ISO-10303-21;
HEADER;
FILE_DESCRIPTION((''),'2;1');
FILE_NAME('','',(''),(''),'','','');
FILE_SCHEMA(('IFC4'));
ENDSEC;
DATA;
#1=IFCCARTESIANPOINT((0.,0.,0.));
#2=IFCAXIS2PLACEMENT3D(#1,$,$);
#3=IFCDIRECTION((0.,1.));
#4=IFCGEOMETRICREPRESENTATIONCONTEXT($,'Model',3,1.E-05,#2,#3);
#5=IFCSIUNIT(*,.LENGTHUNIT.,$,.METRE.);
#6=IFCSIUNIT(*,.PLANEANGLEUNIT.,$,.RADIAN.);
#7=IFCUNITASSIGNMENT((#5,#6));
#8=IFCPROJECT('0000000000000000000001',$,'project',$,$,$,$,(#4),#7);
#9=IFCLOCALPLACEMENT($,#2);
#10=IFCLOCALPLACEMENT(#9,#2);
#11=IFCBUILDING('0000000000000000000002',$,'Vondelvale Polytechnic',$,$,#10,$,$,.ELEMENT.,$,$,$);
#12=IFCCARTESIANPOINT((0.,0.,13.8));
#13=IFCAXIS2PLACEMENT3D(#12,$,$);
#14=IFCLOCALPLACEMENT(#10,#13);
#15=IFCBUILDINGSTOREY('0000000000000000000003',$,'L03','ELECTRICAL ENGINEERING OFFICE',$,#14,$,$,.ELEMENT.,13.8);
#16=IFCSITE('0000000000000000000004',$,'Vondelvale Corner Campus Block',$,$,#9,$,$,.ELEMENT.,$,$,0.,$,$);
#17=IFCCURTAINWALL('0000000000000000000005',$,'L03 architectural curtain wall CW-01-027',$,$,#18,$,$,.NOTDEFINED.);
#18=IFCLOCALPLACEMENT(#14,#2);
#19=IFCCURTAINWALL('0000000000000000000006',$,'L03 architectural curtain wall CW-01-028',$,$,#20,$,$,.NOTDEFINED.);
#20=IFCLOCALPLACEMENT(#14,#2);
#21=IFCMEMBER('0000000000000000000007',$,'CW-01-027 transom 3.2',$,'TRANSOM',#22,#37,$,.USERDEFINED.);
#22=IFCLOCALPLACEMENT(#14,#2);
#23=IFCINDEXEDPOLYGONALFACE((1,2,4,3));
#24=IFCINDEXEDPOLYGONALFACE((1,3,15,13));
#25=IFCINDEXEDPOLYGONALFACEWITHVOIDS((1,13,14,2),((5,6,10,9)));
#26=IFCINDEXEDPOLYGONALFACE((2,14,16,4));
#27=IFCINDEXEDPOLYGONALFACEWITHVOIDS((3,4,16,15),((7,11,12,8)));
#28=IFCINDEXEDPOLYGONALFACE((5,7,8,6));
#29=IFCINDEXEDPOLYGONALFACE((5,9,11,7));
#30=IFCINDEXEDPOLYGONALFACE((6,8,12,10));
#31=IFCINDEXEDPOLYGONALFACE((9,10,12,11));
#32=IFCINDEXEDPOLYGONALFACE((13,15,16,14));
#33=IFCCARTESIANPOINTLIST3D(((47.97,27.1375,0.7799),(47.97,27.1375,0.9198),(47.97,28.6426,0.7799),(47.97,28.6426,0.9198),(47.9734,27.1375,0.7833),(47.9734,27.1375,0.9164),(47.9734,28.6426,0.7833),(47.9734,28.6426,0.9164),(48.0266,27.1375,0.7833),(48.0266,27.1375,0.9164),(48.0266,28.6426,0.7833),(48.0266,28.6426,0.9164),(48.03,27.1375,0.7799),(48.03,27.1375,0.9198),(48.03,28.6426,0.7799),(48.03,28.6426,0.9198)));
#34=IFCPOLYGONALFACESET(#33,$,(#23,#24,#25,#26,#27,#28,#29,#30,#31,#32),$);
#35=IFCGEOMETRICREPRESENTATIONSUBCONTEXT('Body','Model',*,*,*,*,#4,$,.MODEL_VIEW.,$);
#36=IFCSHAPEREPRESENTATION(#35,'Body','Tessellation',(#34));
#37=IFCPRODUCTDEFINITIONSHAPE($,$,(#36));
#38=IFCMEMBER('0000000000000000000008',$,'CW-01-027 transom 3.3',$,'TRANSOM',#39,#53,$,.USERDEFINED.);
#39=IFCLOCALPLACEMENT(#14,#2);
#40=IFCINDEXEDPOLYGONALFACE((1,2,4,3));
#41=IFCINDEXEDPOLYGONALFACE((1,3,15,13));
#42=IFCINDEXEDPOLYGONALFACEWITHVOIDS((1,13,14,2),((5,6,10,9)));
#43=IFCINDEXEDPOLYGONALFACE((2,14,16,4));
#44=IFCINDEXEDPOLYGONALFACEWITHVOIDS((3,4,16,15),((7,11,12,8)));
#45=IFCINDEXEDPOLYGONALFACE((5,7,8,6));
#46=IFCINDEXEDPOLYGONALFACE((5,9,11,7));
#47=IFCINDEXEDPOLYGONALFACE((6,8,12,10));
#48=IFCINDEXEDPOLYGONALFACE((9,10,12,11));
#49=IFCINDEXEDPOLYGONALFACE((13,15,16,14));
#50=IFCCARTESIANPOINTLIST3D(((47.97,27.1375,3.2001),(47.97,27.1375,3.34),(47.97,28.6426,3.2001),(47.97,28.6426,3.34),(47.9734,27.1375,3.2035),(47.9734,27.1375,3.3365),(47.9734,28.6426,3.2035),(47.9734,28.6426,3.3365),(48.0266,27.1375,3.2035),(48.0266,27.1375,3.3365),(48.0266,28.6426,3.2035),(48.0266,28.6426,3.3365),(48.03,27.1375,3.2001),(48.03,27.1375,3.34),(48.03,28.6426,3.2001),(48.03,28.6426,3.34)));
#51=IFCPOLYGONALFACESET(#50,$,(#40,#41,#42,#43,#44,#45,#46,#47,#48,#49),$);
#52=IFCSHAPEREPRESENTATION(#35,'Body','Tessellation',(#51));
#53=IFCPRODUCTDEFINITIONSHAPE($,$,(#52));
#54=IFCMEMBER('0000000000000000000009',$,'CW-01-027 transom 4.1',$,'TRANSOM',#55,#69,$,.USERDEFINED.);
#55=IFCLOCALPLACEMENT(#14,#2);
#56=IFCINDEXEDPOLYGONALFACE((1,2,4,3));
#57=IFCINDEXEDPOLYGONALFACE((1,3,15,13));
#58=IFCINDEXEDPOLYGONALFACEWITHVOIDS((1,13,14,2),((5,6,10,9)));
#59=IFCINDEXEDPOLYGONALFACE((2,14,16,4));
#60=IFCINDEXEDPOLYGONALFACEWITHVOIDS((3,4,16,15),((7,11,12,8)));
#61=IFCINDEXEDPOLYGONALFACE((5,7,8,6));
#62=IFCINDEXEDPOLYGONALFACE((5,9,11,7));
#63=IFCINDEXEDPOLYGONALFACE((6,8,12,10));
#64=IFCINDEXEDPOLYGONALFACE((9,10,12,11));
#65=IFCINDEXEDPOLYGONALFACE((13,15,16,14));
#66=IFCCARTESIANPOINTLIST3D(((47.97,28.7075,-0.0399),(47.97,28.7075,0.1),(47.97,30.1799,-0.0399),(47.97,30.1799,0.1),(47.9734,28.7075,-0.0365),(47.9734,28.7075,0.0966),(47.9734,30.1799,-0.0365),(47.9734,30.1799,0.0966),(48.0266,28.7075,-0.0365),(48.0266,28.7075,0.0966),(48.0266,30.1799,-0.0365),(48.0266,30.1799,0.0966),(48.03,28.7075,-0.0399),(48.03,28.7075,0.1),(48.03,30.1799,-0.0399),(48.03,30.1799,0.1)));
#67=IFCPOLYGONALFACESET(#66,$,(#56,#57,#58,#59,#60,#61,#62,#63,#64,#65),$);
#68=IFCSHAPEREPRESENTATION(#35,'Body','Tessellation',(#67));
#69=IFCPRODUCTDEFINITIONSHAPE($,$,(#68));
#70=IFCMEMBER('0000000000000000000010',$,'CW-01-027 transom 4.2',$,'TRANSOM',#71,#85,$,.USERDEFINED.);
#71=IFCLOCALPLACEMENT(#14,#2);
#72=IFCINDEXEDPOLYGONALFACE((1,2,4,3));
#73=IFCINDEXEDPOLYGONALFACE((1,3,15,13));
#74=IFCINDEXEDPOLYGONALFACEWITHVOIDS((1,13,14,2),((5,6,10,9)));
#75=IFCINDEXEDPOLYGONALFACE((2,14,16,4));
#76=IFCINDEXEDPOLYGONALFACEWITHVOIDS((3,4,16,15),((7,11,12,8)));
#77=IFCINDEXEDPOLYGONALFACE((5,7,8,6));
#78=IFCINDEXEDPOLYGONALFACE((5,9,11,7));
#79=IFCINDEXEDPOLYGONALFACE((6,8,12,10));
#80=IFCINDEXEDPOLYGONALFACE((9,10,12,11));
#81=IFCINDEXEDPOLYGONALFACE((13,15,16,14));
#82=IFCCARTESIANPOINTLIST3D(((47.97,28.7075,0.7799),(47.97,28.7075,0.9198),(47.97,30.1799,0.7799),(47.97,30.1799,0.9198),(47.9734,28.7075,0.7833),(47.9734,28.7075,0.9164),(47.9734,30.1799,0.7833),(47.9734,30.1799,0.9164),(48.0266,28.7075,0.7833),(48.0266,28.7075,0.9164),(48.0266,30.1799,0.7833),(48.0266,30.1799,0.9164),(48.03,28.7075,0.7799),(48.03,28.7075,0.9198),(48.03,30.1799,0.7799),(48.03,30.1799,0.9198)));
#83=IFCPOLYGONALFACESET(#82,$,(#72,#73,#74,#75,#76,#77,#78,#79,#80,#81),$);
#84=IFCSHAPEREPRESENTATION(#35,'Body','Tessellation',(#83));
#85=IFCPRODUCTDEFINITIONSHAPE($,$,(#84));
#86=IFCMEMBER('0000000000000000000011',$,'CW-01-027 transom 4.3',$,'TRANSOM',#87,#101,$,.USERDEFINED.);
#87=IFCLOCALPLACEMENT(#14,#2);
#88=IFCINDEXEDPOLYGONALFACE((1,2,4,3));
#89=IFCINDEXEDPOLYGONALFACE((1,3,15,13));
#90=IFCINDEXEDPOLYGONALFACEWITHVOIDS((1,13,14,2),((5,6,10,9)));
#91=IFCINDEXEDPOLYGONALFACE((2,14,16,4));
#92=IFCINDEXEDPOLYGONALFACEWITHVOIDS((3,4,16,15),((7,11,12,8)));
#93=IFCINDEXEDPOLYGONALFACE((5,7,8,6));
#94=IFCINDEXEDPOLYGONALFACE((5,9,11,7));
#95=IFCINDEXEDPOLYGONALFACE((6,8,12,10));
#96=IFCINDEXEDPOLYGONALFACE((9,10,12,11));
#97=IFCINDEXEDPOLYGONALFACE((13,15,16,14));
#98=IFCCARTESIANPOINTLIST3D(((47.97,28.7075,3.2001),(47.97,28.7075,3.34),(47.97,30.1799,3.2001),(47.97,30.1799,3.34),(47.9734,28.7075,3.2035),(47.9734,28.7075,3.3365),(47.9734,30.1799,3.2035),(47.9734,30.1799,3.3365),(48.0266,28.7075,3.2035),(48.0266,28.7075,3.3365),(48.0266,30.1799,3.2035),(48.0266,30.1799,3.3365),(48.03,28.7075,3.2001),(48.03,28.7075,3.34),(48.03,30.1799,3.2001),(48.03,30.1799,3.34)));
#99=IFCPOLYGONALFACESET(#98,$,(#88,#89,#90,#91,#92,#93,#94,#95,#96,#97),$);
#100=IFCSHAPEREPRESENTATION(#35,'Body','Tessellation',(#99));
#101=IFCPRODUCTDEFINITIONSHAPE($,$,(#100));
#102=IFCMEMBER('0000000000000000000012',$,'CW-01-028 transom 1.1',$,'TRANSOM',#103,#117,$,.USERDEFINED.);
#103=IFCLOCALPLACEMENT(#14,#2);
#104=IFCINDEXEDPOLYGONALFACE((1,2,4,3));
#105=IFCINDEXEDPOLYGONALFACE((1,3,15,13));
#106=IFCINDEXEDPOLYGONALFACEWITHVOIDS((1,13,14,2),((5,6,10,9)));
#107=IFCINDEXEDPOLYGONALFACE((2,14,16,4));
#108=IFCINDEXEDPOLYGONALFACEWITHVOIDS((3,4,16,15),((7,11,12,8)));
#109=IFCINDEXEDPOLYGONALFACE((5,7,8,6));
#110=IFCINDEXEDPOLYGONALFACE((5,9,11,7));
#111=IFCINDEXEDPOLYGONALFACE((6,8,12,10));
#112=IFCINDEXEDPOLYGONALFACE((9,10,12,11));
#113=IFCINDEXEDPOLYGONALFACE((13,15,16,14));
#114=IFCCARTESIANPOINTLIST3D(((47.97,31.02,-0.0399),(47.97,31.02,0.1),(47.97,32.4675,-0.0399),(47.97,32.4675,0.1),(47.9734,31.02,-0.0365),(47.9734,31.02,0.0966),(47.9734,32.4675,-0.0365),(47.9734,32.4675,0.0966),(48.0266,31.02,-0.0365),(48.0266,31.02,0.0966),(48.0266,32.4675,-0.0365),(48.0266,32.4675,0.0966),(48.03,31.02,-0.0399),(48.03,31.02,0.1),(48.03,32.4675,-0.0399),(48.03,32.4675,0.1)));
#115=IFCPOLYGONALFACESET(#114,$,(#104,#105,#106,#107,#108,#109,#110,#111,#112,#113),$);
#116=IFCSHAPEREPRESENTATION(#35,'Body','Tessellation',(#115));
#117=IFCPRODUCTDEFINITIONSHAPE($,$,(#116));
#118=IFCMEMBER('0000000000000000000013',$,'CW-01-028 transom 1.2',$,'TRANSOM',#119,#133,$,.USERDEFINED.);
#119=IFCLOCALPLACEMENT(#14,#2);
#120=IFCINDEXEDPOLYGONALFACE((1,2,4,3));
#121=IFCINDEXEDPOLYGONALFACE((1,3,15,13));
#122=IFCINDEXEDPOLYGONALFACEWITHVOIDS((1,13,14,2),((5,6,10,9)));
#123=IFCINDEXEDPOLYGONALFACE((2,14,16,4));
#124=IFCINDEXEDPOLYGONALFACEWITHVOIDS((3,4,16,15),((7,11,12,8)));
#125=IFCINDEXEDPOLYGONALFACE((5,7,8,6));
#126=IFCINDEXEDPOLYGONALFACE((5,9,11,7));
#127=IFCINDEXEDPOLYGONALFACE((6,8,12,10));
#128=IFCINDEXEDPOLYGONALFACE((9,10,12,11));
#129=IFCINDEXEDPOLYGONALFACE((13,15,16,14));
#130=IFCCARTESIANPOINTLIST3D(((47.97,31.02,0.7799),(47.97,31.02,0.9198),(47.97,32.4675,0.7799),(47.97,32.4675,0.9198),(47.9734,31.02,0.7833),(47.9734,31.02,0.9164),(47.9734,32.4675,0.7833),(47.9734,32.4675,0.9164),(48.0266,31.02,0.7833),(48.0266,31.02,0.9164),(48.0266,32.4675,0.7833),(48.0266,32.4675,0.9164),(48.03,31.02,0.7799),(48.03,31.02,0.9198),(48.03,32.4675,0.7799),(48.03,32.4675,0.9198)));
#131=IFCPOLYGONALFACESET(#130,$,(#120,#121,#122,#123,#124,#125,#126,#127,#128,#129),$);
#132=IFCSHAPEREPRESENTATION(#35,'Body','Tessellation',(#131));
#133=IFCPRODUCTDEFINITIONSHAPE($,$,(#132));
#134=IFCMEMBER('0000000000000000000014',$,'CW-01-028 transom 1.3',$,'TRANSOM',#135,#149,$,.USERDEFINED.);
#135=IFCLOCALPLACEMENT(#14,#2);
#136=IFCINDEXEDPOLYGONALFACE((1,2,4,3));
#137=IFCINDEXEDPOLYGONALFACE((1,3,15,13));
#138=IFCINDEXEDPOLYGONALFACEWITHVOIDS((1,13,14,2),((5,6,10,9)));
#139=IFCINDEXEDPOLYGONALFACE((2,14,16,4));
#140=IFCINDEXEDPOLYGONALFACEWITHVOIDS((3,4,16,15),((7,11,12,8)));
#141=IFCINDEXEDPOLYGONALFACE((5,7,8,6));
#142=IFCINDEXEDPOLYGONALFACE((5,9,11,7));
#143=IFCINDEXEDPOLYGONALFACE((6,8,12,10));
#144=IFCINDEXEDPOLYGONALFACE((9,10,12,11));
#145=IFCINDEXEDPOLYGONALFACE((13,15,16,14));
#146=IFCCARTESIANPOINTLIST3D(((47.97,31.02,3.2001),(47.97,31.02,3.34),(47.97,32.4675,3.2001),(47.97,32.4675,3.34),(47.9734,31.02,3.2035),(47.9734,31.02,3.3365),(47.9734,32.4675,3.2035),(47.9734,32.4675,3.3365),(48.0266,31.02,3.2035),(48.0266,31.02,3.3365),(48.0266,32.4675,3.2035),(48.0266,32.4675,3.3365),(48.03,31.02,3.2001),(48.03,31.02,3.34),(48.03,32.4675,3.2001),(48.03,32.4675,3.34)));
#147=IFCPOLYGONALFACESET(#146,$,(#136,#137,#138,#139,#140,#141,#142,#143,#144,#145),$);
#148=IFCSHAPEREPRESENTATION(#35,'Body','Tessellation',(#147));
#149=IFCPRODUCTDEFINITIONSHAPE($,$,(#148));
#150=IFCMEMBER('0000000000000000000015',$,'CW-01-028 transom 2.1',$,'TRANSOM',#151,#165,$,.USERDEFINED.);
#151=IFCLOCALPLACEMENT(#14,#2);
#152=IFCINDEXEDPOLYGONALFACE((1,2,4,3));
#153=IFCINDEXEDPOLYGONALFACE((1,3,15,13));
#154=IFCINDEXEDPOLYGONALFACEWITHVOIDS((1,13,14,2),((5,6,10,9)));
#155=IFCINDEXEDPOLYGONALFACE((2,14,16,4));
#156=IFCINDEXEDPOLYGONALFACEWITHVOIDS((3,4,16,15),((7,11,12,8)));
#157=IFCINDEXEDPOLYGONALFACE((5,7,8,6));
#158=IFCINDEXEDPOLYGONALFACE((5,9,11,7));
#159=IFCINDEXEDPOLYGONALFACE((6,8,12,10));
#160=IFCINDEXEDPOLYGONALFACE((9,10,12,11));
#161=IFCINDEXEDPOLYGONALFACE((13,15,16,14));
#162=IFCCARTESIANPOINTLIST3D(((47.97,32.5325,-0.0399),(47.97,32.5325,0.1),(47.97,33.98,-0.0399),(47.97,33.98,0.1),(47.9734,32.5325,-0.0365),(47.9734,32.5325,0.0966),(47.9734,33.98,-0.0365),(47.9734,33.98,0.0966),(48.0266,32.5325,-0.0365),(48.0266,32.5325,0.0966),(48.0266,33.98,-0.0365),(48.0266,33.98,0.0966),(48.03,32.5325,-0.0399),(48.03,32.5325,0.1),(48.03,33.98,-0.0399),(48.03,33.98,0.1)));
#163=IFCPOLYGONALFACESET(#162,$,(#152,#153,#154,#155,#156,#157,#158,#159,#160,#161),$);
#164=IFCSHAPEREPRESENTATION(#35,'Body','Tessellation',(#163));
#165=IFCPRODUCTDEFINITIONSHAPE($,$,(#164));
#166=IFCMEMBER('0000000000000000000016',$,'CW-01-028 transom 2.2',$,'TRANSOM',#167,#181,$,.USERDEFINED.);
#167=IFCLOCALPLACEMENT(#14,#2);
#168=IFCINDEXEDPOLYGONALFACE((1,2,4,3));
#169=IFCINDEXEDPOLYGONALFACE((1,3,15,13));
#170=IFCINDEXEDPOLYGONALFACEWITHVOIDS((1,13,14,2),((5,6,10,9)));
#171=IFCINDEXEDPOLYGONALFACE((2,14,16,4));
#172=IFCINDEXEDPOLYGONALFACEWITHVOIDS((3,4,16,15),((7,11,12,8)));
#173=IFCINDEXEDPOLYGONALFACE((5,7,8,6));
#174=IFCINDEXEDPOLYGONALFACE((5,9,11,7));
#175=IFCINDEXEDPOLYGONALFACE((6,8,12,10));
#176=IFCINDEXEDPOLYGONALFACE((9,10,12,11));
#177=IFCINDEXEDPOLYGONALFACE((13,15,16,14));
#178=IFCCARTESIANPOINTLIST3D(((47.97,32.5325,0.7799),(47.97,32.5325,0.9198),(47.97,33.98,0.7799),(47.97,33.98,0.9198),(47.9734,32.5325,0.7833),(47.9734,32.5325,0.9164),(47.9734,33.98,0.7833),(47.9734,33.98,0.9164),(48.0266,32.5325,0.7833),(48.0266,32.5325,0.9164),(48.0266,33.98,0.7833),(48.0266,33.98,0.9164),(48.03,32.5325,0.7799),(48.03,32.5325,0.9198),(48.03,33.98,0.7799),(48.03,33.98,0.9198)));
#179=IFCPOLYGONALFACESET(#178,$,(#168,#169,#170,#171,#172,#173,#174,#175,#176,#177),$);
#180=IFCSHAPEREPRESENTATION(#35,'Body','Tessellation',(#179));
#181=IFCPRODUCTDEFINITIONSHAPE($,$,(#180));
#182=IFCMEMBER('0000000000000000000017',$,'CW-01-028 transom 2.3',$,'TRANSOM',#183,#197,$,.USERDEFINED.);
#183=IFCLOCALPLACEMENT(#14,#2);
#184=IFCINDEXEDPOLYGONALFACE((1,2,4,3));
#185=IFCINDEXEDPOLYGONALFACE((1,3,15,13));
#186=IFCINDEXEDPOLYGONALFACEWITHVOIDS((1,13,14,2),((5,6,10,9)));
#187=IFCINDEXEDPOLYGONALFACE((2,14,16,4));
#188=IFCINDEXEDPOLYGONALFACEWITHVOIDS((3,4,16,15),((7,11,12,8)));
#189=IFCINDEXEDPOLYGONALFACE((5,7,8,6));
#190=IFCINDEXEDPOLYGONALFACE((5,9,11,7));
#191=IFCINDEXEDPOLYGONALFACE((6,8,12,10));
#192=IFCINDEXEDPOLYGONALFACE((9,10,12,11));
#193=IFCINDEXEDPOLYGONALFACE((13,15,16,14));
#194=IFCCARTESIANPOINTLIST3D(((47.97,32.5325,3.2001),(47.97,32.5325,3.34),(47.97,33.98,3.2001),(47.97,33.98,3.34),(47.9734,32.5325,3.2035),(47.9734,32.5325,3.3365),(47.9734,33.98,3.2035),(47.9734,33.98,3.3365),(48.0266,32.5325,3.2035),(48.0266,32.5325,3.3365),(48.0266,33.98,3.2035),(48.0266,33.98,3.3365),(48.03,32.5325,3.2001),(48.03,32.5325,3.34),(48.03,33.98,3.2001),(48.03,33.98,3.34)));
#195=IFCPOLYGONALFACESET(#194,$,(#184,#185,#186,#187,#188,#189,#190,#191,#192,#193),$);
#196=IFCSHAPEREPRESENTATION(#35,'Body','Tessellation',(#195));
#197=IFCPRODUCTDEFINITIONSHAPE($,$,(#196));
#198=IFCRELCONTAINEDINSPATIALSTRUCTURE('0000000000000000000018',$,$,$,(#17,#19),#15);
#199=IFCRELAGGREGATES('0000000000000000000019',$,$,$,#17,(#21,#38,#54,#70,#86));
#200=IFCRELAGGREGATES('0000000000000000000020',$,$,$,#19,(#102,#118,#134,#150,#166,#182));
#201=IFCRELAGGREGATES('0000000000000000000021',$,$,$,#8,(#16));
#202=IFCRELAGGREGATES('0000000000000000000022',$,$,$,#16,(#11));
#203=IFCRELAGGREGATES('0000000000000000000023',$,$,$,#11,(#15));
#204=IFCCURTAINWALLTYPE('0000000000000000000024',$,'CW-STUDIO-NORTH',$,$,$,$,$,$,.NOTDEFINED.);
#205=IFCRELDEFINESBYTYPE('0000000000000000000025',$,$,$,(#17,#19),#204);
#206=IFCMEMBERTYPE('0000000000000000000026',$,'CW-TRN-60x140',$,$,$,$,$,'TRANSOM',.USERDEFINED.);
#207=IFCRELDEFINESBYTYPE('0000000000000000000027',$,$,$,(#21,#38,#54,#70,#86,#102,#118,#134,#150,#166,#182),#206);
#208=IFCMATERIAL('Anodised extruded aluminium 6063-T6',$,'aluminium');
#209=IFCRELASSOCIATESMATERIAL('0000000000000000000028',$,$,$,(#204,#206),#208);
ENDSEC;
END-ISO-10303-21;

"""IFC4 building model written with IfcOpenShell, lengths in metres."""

from ifc_helpers import new_model, si_unit, direction, frame, origin, origin_2d, place, context, subcontext, project, spatial, hollow_rectangle, extrude, material, material_profile, profile_set, type_object, element, aggregate, save


model = new_model("IFC4")

# Units and contexts
model_context = context("Model", 3, precision=1e-05, world=origin(), true_north=direction((0.0, 1.0)))
body_context = subcontext(model_context, "Body", "Model", "MODEL_VIEW")
ifc_project = project(units=[si_unit("LENGTHUNIT", "METRE"), si_unit("PLANEANGLEUNIT", "RADIAN")], contexts=[model_context])

# Site, building, storey
site_placement = place(None, origin())
site = spatial("IfcSite", under=ifc_project, at=site_placement, Name="Vondelvale Corner Campus Block", CompositionType="ELEMENT", RefElevation=0.0)
building_placement = place(site_placement, origin())
building = spatial("IfcBuilding", under=site, at=building_placement, Name="Vondelvale Polytechnic", CompositionType="ELEMENT")
storey_placement = place(building_placement, frame((0.0, 0.0, 13.8)))
storey = spatial("IfcBuildingStorey", under=building, at=storey_placement, Name="L03", Description="ELECTRICAL ENGINEERING OFFICE", CompositionType="ELEMENT", Elevation=13.8)

# Curtain walls
ifc_material_1 = material(Name="Anodised extruded aluminium 6063-T6", Category="aluminium")
curtain_wall_type = type_object("IfcCurtainWallType", Name="CW-STUDIO-NORTH", PredefinedType="NOTDEFINED", material=ifc_material_1)
curtain_wall_1_placement = place(storey_placement, origin())
curtain_wall_1 = element("IfcCurtainWall", 1, at=curtain_wall_1_placement, inside=storey, type_object=curtain_wall_type, Name="L03 architectural curtain wall CW-01-027", PredefinedType="NOTDEFINED")
curtain_wall_2_placement = place(storey_placement, origin())
curtain_wall_2 = element("IfcCurtainWall", 2, at=curtain_wall_2_placement, inside=storey, type_object=curtain_wall_type, Name="L03 architectural curtain wall CW-01-028", PredefinedType="NOTDEFINED")

# Members
ifc_material_profile_1 = material_profile(ifc_material_1, hollow_rectangle(XDim=0.0601, YDim=0.1399, WallThickness=0.0034, at=origin_2d()), Name="CW-TRN-140x60")
ifc_profile_set_1 = profile_set([ifc_material_profile_1], Name="Anodised extruded aluminium 6063-T6")
member_type_1 = type_object("IfcMemberType", Name="CW-TRN-60x140", ElementType="TRANSOM", PredefinedType="USERDEFINED", material=ifc_profile_set_1)
member_1_placement = place(storey_placement, frame((48.0, 27.1375, 0.8499), z_axis=(0.0, 1.0, 0.0), x_axis=(-1.0, 0.0, 0.0)))
member_1 = element("IfcMember", 3, at=member_1_placement, type_object=member_type_1, Name="CW-01-027 transom 3.2", ObjectType="TRANSOM", PredefinedType="USERDEFINED", context=body_context, shape_type="SweptSolid", body=[
    extrude(hollow_rectangle(XDim=0.0601, YDim=0.1399, WallThickness=0.0034, at=origin_2d()), origin(), (0.0, 0.0, 1.0), 1.5051),
])
member_2_placement = place(storey_placement, frame((48.0, 27.1375, 3.27), z_axis=(0.0, 1.0, 0.0), x_axis=(-1.0, 0.0, 0.0)))
member_2 = element("IfcMember", 4, at=member_2_placement, type_object=member_type_1, Name="CW-01-027 transom 3.3", ObjectType="TRANSOM", PredefinedType="USERDEFINED", context=body_context, shape_type="SweptSolid", body=[
    extrude(hollow_rectangle(XDim=0.0601, YDim=0.1399, WallThickness=0.0034, at=origin_2d()), origin(), (0.0, 0.0, 1.0), 1.5051),
])
member_3_placement = place(storey_placement, frame((48.0, 28.7075, 0.03), z_axis=(0.0, 1.0, 0.0), x_axis=(-1.0, 0.0, 0.0)))
member_3 = element("IfcMember", 5, at=member_3_placement, type_object=member_type_1, Name="CW-01-027 transom 4.1", ObjectType="TRANSOM", PredefinedType="USERDEFINED", context=body_context, shape_type="SweptSolid", body=[
    extrude(hollow_rectangle(XDim=0.0601, YDim=0.1399, WallThickness=0.0034, at=origin_2d()), origin(), (0.0, 0.0, 1.0), 1.4724),
])
member_4_placement = place(storey_placement, frame((48.0, 28.7075, 0.8499), z_axis=(0.0, 1.0, 0.0), x_axis=(-1.0, 0.0, 0.0)))
member_4 = element("IfcMember", 6, at=member_4_placement, type_object=member_type_1, Name="CW-01-027 transom 4.2", ObjectType="TRANSOM", PredefinedType="USERDEFINED", context=body_context, shape_type="SweptSolid", body=[
    extrude(hollow_rectangle(XDim=0.0601, YDim=0.1399, WallThickness=0.0034, at=origin_2d()), origin(), (0.0, 0.0, 1.0), 1.4724),
])
member_5_placement = place(storey_placement, frame((48.0, 28.7075, 3.27), z_axis=(0.0, 1.0, 0.0), x_axis=(-1.0, 0.0, 0.0)))
member_5 = element("IfcMember", 7, at=member_5_placement, type_object=member_type_1, Name="CW-01-027 transom 4.3", ObjectType="TRANSOM", PredefinedType="USERDEFINED", context=body_context, shape_type="SweptSolid", body=[
    extrude(hollow_rectangle(XDim=0.0601, YDim=0.1399, WallThickness=0.0034, at=origin_2d()), origin(), (0.0, 0.0, 1.0), 1.4724),
])
member_6_placement = place(storey_placement, frame((48.0, 31.02, 0.03), z_axis=(0.0, 1.0, 0.0), x_axis=(-1.0, 0.0, 0.0)))
member_6 = element("IfcMember", 8, at=member_6_placement, type_object=member_type_1, Name="CW-01-028 transom 1.1", ObjectType="TRANSOM", PredefinedType="USERDEFINED", context=body_context, shape_type="SweptSolid", body=[
    extrude(hollow_rectangle(XDim=0.0601, YDim=0.1399, WallThickness=0.0034, at=origin_2d()), origin(), (0.0, 0.0, 1.0), 1.4475),
])
member_7_placement = place(storey_placement, frame((48.0, 31.02, 0.8499), z_axis=(0.0, 1.0, 0.0), x_axis=(-1.0, 0.0, 0.0)))
member_7 = element("IfcMember", 9, at=member_7_placement, type_object=member_type_1, Name="CW-01-028 transom 1.2", ObjectType="TRANSOM", PredefinedType="USERDEFINED", context=body_context, shape_type="SweptSolid", body=[
    extrude(hollow_rectangle(XDim=0.0601, YDim=0.1399, WallThickness=0.0034, at=origin_2d()), origin(), (0.0, 0.0, 1.0), 1.4475),
])
member_8_placement = place(storey_placement, frame((48.0, 31.02, 3.27), z_axis=(0.0, 1.0, 0.0), x_axis=(-1.0, 0.0, 0.0)))
member_8 = element("IfcMember", 10, at=member_8_placement, type_object=member_type_1, Name="CW-01-028 transom 1.3", ObjectType="TRANSOM", PredefinedType="USERDEFINED", context=body_context, shape_type="SweptSolid", body=[
    extrude(hollow_rectangle(XDim=0.0601, YDim=0.1399, WallThickness=0.0034, at=origin_2d()), origin(), (0.0, 0.0, 1.0), 1.4475),
])
member_9_placement = place(storey_placement, frame((48.0, 32.5325, 0.03), z_axis=(0.0, 1.0, 0.0), x_axis=(-1.0, 0.0, 0.0)))
member_9 = element("IfcMember", 11, at=member_9_placement, type_object=member_type_1, Name="CW-01-028 transom 2.1", ObjectType="TRANSOM", PredefinedType="USERDEFINED", context=body_context, shape_type="SweptSolid", body=[
    extrude(hollow_rectangle(XDim=0.0601, YDim=0.1399, WallThickness=0.0034, at=origin_2d()), origin(), (0.0, 0.0, 1.0), 1.4475),
])
member_10_placement = place(storey_placement, frame((48.0, 32.5325, 0.8499), z_axis=(0.0, 1.0, 0.0), x_axis=(-1.0, 0.0, 0.0)))
member_10 = element("IfcMember", 12, at=member_10_placement, type_object=member_type_1, Name="CW-01-028 transom 2.2", ObjectType="TRANSOM", PredefinedType="USERDEFINED", context=body_context, shape_type="SweptSolid", body=[
    extrude(hollow_rectangle(XDim=0.0601, YDim=0.1399, WallThickness=0.0034, at=origin_2d()), origin(), (0.0, 0.0, 1.0), 1.4475),
])
member_11_placement = place(storey_placement, frame((48.0, 32.5325, 3.27), z_axis=(0.0, 1.0, 0.0), x_axis=(-1.0, 0.0, 0.0)))
member_11 = element("IfcMember", 13, at=member_11_placement, type_object=member_type_1, Name="CW-01-028 transom 2.3", ObjectType="TRANSOM", PredefinedType="USERDEFINED", context=body_context, shape_type="SweptSolid", body=[
    extrude(hollow_rectangle(XDim=0.0601, YDim=0.1399, WallThickness=0.0034, at=origin_2d()), origin(), (0.0, 0.0, 1.0), 1.4475),
])

aggregate(curtain_wall_1, [member_1, member_2, member_3, member_4, member_5])
aggregate(curtain_wall_2, [member_6, member_7, member_8, member_9, member_10, member_11])

save(model, "model.ifc")
